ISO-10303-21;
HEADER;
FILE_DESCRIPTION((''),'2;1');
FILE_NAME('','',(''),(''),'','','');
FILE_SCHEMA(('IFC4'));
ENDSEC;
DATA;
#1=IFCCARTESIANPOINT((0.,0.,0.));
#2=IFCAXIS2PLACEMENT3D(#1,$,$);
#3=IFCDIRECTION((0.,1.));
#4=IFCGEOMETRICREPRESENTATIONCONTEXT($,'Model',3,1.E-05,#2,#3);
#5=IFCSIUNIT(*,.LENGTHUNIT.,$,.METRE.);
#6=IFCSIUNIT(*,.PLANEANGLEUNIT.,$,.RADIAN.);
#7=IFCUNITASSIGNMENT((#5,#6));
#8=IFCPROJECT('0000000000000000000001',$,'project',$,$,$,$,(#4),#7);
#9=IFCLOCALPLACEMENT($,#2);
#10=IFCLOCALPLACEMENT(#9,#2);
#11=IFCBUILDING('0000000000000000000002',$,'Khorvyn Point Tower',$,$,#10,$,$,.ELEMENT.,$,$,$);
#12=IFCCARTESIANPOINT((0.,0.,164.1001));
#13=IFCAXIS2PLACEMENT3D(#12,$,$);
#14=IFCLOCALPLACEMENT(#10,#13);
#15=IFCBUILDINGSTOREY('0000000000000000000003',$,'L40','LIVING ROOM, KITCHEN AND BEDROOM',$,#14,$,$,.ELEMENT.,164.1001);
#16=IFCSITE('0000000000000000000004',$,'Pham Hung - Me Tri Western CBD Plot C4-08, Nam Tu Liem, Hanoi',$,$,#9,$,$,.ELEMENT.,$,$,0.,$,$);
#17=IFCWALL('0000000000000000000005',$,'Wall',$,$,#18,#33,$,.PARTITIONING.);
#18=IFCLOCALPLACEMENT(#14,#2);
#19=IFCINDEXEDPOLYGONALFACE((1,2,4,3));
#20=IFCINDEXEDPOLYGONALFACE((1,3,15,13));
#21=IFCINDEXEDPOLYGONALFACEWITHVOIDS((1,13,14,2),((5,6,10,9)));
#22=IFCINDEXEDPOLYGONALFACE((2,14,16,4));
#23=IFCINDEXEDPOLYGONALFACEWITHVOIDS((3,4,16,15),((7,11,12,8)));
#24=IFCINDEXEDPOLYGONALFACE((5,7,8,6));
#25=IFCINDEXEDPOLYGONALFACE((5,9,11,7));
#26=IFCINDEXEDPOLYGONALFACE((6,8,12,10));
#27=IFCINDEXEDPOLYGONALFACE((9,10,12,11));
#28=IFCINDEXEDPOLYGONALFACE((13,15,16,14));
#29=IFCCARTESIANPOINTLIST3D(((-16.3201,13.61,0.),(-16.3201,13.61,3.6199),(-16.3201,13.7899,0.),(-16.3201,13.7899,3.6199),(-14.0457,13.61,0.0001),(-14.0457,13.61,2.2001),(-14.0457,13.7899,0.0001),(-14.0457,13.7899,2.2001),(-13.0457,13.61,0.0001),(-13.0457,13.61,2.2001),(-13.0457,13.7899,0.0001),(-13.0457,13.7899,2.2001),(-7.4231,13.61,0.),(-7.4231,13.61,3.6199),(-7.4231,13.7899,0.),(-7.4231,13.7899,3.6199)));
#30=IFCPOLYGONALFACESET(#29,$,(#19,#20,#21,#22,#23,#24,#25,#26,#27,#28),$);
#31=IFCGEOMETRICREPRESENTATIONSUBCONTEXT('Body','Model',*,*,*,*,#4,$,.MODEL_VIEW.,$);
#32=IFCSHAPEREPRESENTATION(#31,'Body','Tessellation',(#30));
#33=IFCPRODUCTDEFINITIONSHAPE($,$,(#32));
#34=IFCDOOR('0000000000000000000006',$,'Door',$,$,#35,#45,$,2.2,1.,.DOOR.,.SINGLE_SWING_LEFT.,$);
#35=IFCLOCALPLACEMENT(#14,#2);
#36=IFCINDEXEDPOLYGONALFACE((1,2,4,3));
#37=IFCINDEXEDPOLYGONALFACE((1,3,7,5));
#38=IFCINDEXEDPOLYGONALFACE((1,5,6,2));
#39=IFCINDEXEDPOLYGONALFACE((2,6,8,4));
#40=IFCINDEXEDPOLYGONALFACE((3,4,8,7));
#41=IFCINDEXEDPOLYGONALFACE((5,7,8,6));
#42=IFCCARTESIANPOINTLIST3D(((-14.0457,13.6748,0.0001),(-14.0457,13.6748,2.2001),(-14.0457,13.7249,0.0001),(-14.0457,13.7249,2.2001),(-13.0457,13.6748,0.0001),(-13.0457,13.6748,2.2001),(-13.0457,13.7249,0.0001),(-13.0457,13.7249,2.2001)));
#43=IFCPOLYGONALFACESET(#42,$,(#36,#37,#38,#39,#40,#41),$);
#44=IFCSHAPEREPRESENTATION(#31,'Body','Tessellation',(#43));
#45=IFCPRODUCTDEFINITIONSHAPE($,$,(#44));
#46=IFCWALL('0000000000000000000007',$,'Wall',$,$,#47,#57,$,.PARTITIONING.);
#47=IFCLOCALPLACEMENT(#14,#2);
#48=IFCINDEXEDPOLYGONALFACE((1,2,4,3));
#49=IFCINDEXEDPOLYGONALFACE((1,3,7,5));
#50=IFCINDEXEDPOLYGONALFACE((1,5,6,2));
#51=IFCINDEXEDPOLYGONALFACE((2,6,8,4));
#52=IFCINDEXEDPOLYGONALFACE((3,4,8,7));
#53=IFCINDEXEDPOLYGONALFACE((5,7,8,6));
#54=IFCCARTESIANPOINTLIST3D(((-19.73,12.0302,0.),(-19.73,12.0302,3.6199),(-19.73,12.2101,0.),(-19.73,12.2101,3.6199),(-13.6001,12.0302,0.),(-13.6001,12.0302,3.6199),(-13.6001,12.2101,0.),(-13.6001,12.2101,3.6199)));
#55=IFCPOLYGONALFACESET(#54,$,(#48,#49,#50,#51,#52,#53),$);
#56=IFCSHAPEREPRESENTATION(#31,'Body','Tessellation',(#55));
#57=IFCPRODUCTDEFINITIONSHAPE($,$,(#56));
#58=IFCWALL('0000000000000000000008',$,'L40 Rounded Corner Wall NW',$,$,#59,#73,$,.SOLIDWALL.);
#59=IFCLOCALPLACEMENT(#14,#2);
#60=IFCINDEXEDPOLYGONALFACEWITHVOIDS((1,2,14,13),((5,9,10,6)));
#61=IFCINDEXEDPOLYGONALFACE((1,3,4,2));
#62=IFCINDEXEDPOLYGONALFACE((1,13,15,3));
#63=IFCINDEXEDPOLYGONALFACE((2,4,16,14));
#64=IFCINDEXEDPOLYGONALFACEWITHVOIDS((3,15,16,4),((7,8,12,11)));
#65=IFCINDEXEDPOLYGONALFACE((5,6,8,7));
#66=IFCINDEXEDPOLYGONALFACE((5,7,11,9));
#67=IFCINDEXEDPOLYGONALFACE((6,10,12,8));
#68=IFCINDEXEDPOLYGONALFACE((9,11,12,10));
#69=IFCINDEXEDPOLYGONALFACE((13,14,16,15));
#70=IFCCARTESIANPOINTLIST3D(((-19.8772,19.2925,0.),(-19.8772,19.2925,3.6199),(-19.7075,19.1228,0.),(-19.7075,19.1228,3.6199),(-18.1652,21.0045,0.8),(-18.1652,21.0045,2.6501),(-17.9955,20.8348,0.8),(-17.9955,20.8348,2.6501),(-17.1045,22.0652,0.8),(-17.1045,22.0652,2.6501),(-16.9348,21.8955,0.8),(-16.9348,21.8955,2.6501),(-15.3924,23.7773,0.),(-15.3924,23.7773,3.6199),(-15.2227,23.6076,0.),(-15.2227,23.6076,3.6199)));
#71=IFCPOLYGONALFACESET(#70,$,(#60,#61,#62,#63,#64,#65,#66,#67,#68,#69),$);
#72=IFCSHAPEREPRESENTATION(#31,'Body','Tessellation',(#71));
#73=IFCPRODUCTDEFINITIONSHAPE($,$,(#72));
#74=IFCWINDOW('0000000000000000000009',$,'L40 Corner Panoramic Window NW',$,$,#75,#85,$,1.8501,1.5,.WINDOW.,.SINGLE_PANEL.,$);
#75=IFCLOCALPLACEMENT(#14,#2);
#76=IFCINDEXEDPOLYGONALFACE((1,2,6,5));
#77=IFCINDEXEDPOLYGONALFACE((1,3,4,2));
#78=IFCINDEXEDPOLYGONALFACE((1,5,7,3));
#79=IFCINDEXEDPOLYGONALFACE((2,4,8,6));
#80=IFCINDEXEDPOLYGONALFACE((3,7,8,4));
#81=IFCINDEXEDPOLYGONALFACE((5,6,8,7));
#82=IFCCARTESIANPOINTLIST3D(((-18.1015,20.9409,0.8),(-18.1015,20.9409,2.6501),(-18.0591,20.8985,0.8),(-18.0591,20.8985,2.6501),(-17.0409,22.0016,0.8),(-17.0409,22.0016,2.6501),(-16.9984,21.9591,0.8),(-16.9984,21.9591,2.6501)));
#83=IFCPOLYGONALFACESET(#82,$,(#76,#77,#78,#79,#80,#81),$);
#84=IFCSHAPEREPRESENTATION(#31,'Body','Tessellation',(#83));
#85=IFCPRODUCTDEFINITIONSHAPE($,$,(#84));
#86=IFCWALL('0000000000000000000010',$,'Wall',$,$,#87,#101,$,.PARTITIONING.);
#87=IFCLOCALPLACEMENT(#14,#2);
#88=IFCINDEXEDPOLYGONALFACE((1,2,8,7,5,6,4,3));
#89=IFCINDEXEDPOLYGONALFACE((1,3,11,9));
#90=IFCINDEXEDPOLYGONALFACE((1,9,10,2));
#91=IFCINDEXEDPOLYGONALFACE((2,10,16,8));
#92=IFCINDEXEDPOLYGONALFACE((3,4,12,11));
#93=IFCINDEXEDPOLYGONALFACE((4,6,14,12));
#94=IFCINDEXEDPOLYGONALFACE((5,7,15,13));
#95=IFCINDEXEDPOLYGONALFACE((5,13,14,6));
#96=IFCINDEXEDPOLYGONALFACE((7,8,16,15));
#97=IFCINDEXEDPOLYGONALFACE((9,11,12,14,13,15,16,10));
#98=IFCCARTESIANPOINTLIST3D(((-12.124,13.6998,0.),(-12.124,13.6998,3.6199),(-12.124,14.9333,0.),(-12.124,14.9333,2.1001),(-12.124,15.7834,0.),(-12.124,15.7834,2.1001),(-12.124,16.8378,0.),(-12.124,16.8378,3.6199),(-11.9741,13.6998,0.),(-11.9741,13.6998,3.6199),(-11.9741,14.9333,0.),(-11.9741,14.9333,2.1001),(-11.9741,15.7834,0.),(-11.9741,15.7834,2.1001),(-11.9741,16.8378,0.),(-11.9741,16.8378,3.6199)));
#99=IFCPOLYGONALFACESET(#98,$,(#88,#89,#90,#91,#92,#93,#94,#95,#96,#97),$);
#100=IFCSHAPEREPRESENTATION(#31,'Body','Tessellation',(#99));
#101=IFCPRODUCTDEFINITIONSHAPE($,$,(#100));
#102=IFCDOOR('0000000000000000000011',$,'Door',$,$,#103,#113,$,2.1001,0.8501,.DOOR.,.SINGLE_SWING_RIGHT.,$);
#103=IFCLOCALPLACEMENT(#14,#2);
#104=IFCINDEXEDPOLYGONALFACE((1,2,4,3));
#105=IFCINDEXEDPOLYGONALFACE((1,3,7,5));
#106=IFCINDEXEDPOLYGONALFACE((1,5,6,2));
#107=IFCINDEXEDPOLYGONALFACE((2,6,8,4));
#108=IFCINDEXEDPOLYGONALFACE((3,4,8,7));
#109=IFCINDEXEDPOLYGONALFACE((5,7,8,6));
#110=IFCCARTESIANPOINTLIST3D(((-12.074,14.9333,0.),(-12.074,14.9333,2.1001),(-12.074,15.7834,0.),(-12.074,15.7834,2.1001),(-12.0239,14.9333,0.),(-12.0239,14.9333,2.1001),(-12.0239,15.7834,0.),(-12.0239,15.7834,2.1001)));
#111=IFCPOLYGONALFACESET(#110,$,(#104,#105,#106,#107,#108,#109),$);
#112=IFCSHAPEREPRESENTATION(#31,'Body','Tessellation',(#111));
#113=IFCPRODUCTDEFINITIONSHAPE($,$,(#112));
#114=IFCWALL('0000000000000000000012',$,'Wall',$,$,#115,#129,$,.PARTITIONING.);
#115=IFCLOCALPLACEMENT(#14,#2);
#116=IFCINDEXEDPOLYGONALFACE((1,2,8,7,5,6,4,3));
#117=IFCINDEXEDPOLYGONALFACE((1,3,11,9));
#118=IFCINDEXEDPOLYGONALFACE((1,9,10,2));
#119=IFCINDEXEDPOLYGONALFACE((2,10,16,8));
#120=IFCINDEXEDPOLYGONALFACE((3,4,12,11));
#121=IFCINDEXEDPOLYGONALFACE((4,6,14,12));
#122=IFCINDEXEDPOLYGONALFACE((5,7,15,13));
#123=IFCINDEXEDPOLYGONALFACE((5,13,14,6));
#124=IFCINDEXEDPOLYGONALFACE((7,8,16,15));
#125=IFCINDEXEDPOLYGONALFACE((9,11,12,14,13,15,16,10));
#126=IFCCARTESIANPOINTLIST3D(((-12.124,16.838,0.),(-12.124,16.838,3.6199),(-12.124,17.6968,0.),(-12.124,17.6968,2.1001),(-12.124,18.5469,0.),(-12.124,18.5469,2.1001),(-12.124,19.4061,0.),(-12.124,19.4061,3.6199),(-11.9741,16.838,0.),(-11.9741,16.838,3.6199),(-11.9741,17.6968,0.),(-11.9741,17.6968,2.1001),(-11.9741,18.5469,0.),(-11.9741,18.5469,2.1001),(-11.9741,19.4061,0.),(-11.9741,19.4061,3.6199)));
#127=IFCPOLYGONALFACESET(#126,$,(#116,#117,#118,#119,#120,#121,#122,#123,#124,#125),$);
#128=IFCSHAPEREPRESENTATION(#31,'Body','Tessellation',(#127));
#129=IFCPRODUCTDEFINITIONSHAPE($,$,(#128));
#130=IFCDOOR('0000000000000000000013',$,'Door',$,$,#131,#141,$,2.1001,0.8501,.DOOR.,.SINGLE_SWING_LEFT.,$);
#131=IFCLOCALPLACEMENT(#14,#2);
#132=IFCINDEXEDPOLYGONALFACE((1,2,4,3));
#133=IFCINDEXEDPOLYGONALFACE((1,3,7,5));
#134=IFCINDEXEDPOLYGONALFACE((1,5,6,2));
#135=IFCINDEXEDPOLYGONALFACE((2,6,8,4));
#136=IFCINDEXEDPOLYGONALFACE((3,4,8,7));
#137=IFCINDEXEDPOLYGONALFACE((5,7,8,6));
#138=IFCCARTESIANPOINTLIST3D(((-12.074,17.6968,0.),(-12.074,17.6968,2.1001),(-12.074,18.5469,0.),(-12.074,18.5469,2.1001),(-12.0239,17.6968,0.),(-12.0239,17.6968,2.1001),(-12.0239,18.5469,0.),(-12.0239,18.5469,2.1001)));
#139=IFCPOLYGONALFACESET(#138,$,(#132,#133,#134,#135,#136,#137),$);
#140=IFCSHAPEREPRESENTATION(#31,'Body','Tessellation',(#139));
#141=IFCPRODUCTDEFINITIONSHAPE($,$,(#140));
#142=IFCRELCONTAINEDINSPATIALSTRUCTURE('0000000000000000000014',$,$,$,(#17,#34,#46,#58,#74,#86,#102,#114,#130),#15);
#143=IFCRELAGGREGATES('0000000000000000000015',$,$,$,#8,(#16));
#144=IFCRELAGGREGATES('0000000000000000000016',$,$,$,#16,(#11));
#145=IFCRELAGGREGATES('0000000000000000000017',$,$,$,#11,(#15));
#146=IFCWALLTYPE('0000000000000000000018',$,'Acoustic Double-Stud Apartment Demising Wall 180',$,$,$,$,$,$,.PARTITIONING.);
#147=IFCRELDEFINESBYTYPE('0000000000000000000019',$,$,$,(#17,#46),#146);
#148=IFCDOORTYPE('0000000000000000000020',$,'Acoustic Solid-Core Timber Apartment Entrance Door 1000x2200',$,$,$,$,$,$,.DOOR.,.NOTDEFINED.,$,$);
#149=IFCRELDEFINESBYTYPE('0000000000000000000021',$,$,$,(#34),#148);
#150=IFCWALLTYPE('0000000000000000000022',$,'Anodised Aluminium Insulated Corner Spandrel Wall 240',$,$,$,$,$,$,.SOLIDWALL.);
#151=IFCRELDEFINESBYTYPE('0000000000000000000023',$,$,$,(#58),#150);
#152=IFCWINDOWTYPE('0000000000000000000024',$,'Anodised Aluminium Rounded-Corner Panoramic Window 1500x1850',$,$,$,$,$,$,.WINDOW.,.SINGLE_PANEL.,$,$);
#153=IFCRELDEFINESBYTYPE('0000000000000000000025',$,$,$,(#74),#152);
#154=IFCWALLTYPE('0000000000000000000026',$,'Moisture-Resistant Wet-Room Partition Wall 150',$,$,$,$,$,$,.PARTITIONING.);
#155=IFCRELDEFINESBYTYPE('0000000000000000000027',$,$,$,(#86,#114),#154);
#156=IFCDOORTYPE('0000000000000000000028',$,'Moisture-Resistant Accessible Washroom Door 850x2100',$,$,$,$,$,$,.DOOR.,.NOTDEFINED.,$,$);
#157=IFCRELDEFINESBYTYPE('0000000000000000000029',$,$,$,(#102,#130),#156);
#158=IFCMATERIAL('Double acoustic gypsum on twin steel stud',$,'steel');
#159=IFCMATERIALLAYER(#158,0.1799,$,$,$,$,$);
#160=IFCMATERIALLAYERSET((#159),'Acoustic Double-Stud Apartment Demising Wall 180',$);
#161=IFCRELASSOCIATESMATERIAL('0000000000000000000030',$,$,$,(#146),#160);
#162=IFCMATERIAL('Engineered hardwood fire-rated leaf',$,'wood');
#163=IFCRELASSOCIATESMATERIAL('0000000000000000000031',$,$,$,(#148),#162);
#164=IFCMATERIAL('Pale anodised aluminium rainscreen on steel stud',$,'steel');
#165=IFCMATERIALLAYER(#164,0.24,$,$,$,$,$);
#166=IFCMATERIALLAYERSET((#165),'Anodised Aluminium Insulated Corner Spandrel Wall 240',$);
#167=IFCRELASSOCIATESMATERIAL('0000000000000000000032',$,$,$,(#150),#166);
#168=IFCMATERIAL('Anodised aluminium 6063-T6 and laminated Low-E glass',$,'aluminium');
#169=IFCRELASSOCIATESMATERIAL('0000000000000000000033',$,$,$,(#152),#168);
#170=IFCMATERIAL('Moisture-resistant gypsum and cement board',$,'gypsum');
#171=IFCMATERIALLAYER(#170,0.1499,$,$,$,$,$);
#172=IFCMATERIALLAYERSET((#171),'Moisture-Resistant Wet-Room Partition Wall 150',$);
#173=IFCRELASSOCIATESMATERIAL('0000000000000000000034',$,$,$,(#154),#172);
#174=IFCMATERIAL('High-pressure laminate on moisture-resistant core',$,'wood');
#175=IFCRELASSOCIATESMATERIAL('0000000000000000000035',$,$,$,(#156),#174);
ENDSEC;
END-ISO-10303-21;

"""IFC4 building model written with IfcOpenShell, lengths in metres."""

from ifc_helpers import new_model, si_unit, direction, frame, frame_2d, origin, place, context, subcontext, project, spatial, rectangle, extrude, material, layer, layer_set, type_object, element, fill, save


model = new_model("IFC4")

# Units and contexts
model_context = context("Model", 3, precision=1e-05, world=origin(), true_north=direction((0.0, 1.0)))
body_context = subcontext(model_context, "Body", "Model", "MODEL_VIEW")
ifc_project = project(units=[si_unit("LENGTHUNIT", "METRE"), si_unit("PLANEANGLEUNIT", "RADIAN")], contexts=[model_context])

# Site, building, storey
site_placement = place(None, origin())
site = spatial("IfcSite", under=ifc_project, at=site_placement, Name="Pham Hung - Me Tri Western CBD Plot C4-08, Nam Tu Liem, Hanoi", CompositionType="ELEMENT", RefElevation=0.0)
building_placement = place(site_placement, origin())
building = spatial("IfcBuilding", under=site, at=building_placement, Name="Khorvyn Point Tower", CompositionType="ELEMENT")
storey_placement = place(building_placement, frame((0.0, 0.0, 164.1001)))
storey = spatial("IfcBuildingStorey", under=building, at=storey_placement, Name="L40", Description="LIVING ROOM, KITCHEN AND BEDROOM", CompositionType="ELEMENT", Elevation=164.1001)

# Shared definitions
ifc_material_1 = material(Name="Anodised aluminium 6063-T6 and laminated Low-E glass", Category="aluminium")

# Wall, opening, door
ifc_material_2 = material(Name="Double acoustic gypsum on twin steel stud", Category="steel")
ifc_layer_1 = layer(ifc_material_2, 0.1799)
ifc_layer_set_1 = layer_set([ifc_layer_1], Name="Acoustic Double-Stud Apartment Demising Wall 180")
wall_type_1 = type_object("IfcWallType", Name="Acoustic Double-Stud Apartment Demising Wall 180", PredefinedType="PARTITIONING", material=ifc_layer_set_1)
wall_1_placement = place(storey_placement, frame((-16.3201, 13.7, 0.0), z_axis=(0.0, 0.0, 1.0), x_axis=(1.0, 0.0, 0.0)))
wall_1 = element("IfcWall", 1, at=wall_1_placement, inside=storey, type_object=wall_type_1, Name="Wall", PredefinedType="PARTITIONING", context=body_context, shape_type="SweptSolid", body=[
    extrude(rectangle(XDim=8.897, YDim=0.1799, at=frame_2d((4.4485, 0.0))), origin(), (0.0, 0.0, 1.0), 3.6199),
])
opening_1_placement = place(wall_1_placement, frame((2.2744, 0.0, 0.0)))
opening_1 = element("IfcOpeningElement", 2, at=opening_1_placement, cuts=wall_1, PredefinedType="OPENING", context=body_context, shape_type="SweptSolid", body=[
    extrude(rectangle(XDim=1.0, YDim=2.2, at=frame_2d((0.5, 1.1001))), frame((0.0, 0.0999, 0.0), z_axis=(0.0, -1.0, 0.0), x_axis=(1.0, 0.0, 0.0)), (0.0, 0.0, 1.0), 0.2),
])
ifc_material_3 = material(Name="Engineered hardwood fire-rated leaf", Category="wood")
door_type_1 = type_object("IfcDoorType", Name="Acoustic Solid-Core Timber Apartment Entrance Door 1000x2200", OperationType="NOTDEFINED", PredefinedType="DOOR", material=ifc_material_3)
door_1_placement = place(opening_1_placement, origin())
door_1 = element("IfcDoor", 3, at=door_1_placement, inside=storey, type_object=door_type_1, Name="Door", OperationType="SINGLE_SWING_LEFT", OverallHeight=2.2, OverallWidth=1.0, PredefinedType="DOOR", context=body_context, shape_type="SweptSolid", body=[
    extrude(rectangle(XDim=1.0, YDim=2.2, at=frame_2d((0.5, 1.1001))), frame((0.0, 0.0249, 0.0), z_axis=(0.0, -1.0, 0.0), x_axis=(1.0, 0.0, 0.0)), (0.0, 0.0, 1.0), 0.05),
])
fill(opening_1, door_1)

# Wall
wall_2_placement = place(storey_placement, frame((-19.73, 12.1201, 0.0), z_axis=(0.0, 0.0, 1.0), x_axis=(1.0, 0.0, 0.0)))
element("IfcWall", 4, at=wall_2_placement, inside=storey, type_object=wall_type_1, Name="Wall", PredefinedType="PARTITIONING", context=body_context, shape_type="SweptSolid", body=[
    extrude(rectangle(XDim=6.1299, YDim=0.1799, at=frame_2d((3.0649, 0.0))), origin(), (0.0, 0.0, 1.0), 3.6199),
])

# Wall, opening, window
ifc_material_4 = material(Name="Pale anodised aluminium rainscreen on steel stud", Category="steel")
ifc_layer_2 = layer(ifc_material_4, 0.24)
ifc_layer_set_2 = layer_set([ifc_layer_2], Name="Anodised Aluminium Insulated Corner Spandrel Wall 240")
wall_type_2 = type_object("IfcWallType", Name="Anodised Aluminium Insulated Corner Spandrel Wall 240", PredefinedType="SOLIDWALL", material=ifc_layer_set_2)
wall_3_placement = place(storey_placement, frame((-19.7925, 19.2075, 0.0), z_axis=(0.0, 0.0, 1.0), x_axis=(0.707107, 0.707107, 0.0)))
wall_3 = element("IfcWall", 5, at=wall_3_placement, inside=storey, type_object=wall_type_2, Name="L40 Rounded Corner Wall NW", PredefinedType="SOLIDWALL", context=body_context, shape_type="SweptSolid", body=[
    extrude(rectangle(XDim=6.3425, YDim=0.24, at=frame_2d((3.1714, 0.0))), origin(), (0.0, 0.0, 1.0), 3.6199),
])
opening_2_placement = place(wall_3_placement, frame((2.4214, 0.0, 0.8)))
opening_2 = element("IfcOpeningElement", 6, at=opening_2_placement, cuts=wall_3, PredefinedType="OPENING", context=body_context, shape_type="SweptSolid", body=[
    extrude(rectangle(XDim=1.5, YDim=1.8501, at=frame_2d((0.75, 0.925))), frame((0.0, 0.1299, 0.0), z_axis=(0.0, -1.0, 0.0), x_axis=(1.0, 0.0, 0.0)), (0.0, 0.0, 1.0), 0.26),
])
window_type = type_object("IfcWindowType", Name="Anodised Aluminium Rounded-Corner Panoramic Window 1500x1850", PartitioningType="SINGLE_PANEL", PredefinedType="WINDOW", material=ifc_material_1)
window_placement = place(opening_2_placement, origin())
window = element("IfcWindow", 7, at=window_placement, inside=storey, type_object=window_type, Name="L40 Corner Panoramic Window NW", OverallHeight=1.8501, OverallWidth=1.5, PartitioningType="SINGLE_PANEL", PredefinedType="WINDOW", context=body_context, shape_type="SweptSolid", body=[
    extrude(rectangle(XDim=1.5, YDim=1.8501, at=frame_2d((0.75, 0.925))), frame((0.0, 0.03, 0.0), z_axis=(0.0, -1.0, 0.0), x_axis=(1.0, 0.0, 0.0)), (0.0, 0.0, 1.0), 0.0601),
])
fill(opening_2, window)

# Walls, openings, doors
ifc_material_5 = material(Name="Moisture-resistant gypsum and cement board", Category="gypsum")
ifc_layer_3 = layer(ifc_material_5, 0.1499)
ifc_layer_set_3 = layer_set([ifc_layer_3], Name="Moisture-Resistant Wet-Room Partition Wall 150")
wall_type_3 = type_object("IfcWallType", Name="Moisture-Resistant Wet-Room Partition Wall 150", PredefinedType="PARTITIONING", material=ifc_layer_set_3)
wall_4_placement = place(storey_placement, frame((-12.0491, 13.7, 0.0), z_axis=(0.0, 0.0, 1.0), x_axis=(0.0, 1.0, 0.0)))
wall_4 = element("IfcWall", 8, at=wall_4_placement, inside=storey, type_object=wall_type_3, Name="Wall", PredefinedType="PARTITIONING", context=body_context, shape_type="SweptSolid", body=[
    extrude(rectangle(XDim=3.1379, YDim=0.1499, at=frame_2d((1.5688, 0.0))), origin(), (0.0, 0.0, 1.0), 3.6199),
])
opening_3_placement = place(wall_4_placement, frame((1.2334, 0.0, 0.0)))
opening_3 = element("IfcOpeningElement", 9, at=opening_3_placement, cuts=wall_4, PredefinedType="OPENING", context=body_context, shape_type="SweptSolid", body=[
    extrude(rectangle(XDim=0.8501, YDim=2.1001, at=frame_2d((0.425, 1.05))), frame((0.0, 0.085, 0.0), z_axis=(0.0, -1.0, 0.0), x_axis=(1.0, 0.0, 0.0)), (0.0, 0.0, 1.0), 0.1699),
])
ifc_material_6 = material(Name="High-pressure laminate on moisture-resistant core", Category="wood")
door_type_2 = type_object("IfcDoorType", Name="Moisture-Resistant Accessible Washroom Door 850x2100", OperationType="NOTDEFINED", PredefinedType="DOOR", material=ifc_material_6)
door_2_placement = place(opening_3_placement, origin())
door_2 = element("IfcDoor", 10, at=door_2_placement, inside=storey, type_object=door_type_2, Name="Door", OperationType="SINGLE_SWING_RIGHT", OverallHeight=2.1001, OverallWidth=0.8501, PredefinedType="DOOR", context=body_context, shape_type="SweptSolid", body=[
    extrude(rectangle(XDim=0.8501, YDim=2.1001, at=frame_2d((0.425, 1.05))), frame((0.0, 0.0249, 0.0), z_axis=(0.0, -1.0, 0.0), x_axis=(1.0, 0.0, 0.0)), (0.0, 0.0, 1.0), 0.05),
])
fill(opening_3, door_2)
wall_5_placement = place(storey_placement, frame((-12.0491, 16.8379, 0.0), z_axis=(0.0, 0.0, 1.0), x_axis=(0.0, 1.0, 0.0)))
wall_5 = element("IfcWall", 11, at=wall_5_placement, inside=storey, type_object=wall_type_3, Name="Wall", PredefinedType="PARTITIONING", context=body_context, shape_type="SweptSolid", body=[
    extrude(rectangle(XDim=2.5681, YDim=0.1499, at=frame_2d((1.2842, 0.0))), origin(), (0.0, 0.0, 1.0), 3.6199),
])
opening_4_placement = place(wall_5_placement, frame((0.8589, 0.0, 0.0)))
opening_4 = element("IfcOpeningElement", 12, at=opening_4_placement, cuts=wall_5, PredefinedType="OPENING", context=body_context, shape_type="SweptSolid", body=[
    extrude(rectangle(XDim=0.8501, YDim=2.1001, at=frame_2d((0.425, 1.05))), frame((0.0, 0.085, 0.0), z_axis=(0.0, -1.0, 0.0), x_axis=(1.0, 0.0, 0.0)), (0.0, 0.0, 1.0), 0.1699),
])
door_3_placement = place(opening_4_placement, origin())
door_3 = element("IfcDoor", 13, at=door_3_placement, inside=storey, type_object=door_type_2, Name="Door", OperationType="SINGLE_SWING_LEFT", OverallHeight=2.1001, OverallWidth=0.8501, PredefinedType="DOOR", context=body_context, shape_type="SweptSolid", body=[
    extrude(rectangle(XDim=0.8501, YDim=2.1001, at=frame_2d((0.425, 1.05))), frame((0.0, 0.0249, 0.0), z_axis=(0.0, -1.0, 0.0), x_axis=(1.0, 0.0, 0.0)), (0.0, 0.0, 1.0), 0.05),
])
fill(opening_4, door_3)

save(model, "model.ifc")
